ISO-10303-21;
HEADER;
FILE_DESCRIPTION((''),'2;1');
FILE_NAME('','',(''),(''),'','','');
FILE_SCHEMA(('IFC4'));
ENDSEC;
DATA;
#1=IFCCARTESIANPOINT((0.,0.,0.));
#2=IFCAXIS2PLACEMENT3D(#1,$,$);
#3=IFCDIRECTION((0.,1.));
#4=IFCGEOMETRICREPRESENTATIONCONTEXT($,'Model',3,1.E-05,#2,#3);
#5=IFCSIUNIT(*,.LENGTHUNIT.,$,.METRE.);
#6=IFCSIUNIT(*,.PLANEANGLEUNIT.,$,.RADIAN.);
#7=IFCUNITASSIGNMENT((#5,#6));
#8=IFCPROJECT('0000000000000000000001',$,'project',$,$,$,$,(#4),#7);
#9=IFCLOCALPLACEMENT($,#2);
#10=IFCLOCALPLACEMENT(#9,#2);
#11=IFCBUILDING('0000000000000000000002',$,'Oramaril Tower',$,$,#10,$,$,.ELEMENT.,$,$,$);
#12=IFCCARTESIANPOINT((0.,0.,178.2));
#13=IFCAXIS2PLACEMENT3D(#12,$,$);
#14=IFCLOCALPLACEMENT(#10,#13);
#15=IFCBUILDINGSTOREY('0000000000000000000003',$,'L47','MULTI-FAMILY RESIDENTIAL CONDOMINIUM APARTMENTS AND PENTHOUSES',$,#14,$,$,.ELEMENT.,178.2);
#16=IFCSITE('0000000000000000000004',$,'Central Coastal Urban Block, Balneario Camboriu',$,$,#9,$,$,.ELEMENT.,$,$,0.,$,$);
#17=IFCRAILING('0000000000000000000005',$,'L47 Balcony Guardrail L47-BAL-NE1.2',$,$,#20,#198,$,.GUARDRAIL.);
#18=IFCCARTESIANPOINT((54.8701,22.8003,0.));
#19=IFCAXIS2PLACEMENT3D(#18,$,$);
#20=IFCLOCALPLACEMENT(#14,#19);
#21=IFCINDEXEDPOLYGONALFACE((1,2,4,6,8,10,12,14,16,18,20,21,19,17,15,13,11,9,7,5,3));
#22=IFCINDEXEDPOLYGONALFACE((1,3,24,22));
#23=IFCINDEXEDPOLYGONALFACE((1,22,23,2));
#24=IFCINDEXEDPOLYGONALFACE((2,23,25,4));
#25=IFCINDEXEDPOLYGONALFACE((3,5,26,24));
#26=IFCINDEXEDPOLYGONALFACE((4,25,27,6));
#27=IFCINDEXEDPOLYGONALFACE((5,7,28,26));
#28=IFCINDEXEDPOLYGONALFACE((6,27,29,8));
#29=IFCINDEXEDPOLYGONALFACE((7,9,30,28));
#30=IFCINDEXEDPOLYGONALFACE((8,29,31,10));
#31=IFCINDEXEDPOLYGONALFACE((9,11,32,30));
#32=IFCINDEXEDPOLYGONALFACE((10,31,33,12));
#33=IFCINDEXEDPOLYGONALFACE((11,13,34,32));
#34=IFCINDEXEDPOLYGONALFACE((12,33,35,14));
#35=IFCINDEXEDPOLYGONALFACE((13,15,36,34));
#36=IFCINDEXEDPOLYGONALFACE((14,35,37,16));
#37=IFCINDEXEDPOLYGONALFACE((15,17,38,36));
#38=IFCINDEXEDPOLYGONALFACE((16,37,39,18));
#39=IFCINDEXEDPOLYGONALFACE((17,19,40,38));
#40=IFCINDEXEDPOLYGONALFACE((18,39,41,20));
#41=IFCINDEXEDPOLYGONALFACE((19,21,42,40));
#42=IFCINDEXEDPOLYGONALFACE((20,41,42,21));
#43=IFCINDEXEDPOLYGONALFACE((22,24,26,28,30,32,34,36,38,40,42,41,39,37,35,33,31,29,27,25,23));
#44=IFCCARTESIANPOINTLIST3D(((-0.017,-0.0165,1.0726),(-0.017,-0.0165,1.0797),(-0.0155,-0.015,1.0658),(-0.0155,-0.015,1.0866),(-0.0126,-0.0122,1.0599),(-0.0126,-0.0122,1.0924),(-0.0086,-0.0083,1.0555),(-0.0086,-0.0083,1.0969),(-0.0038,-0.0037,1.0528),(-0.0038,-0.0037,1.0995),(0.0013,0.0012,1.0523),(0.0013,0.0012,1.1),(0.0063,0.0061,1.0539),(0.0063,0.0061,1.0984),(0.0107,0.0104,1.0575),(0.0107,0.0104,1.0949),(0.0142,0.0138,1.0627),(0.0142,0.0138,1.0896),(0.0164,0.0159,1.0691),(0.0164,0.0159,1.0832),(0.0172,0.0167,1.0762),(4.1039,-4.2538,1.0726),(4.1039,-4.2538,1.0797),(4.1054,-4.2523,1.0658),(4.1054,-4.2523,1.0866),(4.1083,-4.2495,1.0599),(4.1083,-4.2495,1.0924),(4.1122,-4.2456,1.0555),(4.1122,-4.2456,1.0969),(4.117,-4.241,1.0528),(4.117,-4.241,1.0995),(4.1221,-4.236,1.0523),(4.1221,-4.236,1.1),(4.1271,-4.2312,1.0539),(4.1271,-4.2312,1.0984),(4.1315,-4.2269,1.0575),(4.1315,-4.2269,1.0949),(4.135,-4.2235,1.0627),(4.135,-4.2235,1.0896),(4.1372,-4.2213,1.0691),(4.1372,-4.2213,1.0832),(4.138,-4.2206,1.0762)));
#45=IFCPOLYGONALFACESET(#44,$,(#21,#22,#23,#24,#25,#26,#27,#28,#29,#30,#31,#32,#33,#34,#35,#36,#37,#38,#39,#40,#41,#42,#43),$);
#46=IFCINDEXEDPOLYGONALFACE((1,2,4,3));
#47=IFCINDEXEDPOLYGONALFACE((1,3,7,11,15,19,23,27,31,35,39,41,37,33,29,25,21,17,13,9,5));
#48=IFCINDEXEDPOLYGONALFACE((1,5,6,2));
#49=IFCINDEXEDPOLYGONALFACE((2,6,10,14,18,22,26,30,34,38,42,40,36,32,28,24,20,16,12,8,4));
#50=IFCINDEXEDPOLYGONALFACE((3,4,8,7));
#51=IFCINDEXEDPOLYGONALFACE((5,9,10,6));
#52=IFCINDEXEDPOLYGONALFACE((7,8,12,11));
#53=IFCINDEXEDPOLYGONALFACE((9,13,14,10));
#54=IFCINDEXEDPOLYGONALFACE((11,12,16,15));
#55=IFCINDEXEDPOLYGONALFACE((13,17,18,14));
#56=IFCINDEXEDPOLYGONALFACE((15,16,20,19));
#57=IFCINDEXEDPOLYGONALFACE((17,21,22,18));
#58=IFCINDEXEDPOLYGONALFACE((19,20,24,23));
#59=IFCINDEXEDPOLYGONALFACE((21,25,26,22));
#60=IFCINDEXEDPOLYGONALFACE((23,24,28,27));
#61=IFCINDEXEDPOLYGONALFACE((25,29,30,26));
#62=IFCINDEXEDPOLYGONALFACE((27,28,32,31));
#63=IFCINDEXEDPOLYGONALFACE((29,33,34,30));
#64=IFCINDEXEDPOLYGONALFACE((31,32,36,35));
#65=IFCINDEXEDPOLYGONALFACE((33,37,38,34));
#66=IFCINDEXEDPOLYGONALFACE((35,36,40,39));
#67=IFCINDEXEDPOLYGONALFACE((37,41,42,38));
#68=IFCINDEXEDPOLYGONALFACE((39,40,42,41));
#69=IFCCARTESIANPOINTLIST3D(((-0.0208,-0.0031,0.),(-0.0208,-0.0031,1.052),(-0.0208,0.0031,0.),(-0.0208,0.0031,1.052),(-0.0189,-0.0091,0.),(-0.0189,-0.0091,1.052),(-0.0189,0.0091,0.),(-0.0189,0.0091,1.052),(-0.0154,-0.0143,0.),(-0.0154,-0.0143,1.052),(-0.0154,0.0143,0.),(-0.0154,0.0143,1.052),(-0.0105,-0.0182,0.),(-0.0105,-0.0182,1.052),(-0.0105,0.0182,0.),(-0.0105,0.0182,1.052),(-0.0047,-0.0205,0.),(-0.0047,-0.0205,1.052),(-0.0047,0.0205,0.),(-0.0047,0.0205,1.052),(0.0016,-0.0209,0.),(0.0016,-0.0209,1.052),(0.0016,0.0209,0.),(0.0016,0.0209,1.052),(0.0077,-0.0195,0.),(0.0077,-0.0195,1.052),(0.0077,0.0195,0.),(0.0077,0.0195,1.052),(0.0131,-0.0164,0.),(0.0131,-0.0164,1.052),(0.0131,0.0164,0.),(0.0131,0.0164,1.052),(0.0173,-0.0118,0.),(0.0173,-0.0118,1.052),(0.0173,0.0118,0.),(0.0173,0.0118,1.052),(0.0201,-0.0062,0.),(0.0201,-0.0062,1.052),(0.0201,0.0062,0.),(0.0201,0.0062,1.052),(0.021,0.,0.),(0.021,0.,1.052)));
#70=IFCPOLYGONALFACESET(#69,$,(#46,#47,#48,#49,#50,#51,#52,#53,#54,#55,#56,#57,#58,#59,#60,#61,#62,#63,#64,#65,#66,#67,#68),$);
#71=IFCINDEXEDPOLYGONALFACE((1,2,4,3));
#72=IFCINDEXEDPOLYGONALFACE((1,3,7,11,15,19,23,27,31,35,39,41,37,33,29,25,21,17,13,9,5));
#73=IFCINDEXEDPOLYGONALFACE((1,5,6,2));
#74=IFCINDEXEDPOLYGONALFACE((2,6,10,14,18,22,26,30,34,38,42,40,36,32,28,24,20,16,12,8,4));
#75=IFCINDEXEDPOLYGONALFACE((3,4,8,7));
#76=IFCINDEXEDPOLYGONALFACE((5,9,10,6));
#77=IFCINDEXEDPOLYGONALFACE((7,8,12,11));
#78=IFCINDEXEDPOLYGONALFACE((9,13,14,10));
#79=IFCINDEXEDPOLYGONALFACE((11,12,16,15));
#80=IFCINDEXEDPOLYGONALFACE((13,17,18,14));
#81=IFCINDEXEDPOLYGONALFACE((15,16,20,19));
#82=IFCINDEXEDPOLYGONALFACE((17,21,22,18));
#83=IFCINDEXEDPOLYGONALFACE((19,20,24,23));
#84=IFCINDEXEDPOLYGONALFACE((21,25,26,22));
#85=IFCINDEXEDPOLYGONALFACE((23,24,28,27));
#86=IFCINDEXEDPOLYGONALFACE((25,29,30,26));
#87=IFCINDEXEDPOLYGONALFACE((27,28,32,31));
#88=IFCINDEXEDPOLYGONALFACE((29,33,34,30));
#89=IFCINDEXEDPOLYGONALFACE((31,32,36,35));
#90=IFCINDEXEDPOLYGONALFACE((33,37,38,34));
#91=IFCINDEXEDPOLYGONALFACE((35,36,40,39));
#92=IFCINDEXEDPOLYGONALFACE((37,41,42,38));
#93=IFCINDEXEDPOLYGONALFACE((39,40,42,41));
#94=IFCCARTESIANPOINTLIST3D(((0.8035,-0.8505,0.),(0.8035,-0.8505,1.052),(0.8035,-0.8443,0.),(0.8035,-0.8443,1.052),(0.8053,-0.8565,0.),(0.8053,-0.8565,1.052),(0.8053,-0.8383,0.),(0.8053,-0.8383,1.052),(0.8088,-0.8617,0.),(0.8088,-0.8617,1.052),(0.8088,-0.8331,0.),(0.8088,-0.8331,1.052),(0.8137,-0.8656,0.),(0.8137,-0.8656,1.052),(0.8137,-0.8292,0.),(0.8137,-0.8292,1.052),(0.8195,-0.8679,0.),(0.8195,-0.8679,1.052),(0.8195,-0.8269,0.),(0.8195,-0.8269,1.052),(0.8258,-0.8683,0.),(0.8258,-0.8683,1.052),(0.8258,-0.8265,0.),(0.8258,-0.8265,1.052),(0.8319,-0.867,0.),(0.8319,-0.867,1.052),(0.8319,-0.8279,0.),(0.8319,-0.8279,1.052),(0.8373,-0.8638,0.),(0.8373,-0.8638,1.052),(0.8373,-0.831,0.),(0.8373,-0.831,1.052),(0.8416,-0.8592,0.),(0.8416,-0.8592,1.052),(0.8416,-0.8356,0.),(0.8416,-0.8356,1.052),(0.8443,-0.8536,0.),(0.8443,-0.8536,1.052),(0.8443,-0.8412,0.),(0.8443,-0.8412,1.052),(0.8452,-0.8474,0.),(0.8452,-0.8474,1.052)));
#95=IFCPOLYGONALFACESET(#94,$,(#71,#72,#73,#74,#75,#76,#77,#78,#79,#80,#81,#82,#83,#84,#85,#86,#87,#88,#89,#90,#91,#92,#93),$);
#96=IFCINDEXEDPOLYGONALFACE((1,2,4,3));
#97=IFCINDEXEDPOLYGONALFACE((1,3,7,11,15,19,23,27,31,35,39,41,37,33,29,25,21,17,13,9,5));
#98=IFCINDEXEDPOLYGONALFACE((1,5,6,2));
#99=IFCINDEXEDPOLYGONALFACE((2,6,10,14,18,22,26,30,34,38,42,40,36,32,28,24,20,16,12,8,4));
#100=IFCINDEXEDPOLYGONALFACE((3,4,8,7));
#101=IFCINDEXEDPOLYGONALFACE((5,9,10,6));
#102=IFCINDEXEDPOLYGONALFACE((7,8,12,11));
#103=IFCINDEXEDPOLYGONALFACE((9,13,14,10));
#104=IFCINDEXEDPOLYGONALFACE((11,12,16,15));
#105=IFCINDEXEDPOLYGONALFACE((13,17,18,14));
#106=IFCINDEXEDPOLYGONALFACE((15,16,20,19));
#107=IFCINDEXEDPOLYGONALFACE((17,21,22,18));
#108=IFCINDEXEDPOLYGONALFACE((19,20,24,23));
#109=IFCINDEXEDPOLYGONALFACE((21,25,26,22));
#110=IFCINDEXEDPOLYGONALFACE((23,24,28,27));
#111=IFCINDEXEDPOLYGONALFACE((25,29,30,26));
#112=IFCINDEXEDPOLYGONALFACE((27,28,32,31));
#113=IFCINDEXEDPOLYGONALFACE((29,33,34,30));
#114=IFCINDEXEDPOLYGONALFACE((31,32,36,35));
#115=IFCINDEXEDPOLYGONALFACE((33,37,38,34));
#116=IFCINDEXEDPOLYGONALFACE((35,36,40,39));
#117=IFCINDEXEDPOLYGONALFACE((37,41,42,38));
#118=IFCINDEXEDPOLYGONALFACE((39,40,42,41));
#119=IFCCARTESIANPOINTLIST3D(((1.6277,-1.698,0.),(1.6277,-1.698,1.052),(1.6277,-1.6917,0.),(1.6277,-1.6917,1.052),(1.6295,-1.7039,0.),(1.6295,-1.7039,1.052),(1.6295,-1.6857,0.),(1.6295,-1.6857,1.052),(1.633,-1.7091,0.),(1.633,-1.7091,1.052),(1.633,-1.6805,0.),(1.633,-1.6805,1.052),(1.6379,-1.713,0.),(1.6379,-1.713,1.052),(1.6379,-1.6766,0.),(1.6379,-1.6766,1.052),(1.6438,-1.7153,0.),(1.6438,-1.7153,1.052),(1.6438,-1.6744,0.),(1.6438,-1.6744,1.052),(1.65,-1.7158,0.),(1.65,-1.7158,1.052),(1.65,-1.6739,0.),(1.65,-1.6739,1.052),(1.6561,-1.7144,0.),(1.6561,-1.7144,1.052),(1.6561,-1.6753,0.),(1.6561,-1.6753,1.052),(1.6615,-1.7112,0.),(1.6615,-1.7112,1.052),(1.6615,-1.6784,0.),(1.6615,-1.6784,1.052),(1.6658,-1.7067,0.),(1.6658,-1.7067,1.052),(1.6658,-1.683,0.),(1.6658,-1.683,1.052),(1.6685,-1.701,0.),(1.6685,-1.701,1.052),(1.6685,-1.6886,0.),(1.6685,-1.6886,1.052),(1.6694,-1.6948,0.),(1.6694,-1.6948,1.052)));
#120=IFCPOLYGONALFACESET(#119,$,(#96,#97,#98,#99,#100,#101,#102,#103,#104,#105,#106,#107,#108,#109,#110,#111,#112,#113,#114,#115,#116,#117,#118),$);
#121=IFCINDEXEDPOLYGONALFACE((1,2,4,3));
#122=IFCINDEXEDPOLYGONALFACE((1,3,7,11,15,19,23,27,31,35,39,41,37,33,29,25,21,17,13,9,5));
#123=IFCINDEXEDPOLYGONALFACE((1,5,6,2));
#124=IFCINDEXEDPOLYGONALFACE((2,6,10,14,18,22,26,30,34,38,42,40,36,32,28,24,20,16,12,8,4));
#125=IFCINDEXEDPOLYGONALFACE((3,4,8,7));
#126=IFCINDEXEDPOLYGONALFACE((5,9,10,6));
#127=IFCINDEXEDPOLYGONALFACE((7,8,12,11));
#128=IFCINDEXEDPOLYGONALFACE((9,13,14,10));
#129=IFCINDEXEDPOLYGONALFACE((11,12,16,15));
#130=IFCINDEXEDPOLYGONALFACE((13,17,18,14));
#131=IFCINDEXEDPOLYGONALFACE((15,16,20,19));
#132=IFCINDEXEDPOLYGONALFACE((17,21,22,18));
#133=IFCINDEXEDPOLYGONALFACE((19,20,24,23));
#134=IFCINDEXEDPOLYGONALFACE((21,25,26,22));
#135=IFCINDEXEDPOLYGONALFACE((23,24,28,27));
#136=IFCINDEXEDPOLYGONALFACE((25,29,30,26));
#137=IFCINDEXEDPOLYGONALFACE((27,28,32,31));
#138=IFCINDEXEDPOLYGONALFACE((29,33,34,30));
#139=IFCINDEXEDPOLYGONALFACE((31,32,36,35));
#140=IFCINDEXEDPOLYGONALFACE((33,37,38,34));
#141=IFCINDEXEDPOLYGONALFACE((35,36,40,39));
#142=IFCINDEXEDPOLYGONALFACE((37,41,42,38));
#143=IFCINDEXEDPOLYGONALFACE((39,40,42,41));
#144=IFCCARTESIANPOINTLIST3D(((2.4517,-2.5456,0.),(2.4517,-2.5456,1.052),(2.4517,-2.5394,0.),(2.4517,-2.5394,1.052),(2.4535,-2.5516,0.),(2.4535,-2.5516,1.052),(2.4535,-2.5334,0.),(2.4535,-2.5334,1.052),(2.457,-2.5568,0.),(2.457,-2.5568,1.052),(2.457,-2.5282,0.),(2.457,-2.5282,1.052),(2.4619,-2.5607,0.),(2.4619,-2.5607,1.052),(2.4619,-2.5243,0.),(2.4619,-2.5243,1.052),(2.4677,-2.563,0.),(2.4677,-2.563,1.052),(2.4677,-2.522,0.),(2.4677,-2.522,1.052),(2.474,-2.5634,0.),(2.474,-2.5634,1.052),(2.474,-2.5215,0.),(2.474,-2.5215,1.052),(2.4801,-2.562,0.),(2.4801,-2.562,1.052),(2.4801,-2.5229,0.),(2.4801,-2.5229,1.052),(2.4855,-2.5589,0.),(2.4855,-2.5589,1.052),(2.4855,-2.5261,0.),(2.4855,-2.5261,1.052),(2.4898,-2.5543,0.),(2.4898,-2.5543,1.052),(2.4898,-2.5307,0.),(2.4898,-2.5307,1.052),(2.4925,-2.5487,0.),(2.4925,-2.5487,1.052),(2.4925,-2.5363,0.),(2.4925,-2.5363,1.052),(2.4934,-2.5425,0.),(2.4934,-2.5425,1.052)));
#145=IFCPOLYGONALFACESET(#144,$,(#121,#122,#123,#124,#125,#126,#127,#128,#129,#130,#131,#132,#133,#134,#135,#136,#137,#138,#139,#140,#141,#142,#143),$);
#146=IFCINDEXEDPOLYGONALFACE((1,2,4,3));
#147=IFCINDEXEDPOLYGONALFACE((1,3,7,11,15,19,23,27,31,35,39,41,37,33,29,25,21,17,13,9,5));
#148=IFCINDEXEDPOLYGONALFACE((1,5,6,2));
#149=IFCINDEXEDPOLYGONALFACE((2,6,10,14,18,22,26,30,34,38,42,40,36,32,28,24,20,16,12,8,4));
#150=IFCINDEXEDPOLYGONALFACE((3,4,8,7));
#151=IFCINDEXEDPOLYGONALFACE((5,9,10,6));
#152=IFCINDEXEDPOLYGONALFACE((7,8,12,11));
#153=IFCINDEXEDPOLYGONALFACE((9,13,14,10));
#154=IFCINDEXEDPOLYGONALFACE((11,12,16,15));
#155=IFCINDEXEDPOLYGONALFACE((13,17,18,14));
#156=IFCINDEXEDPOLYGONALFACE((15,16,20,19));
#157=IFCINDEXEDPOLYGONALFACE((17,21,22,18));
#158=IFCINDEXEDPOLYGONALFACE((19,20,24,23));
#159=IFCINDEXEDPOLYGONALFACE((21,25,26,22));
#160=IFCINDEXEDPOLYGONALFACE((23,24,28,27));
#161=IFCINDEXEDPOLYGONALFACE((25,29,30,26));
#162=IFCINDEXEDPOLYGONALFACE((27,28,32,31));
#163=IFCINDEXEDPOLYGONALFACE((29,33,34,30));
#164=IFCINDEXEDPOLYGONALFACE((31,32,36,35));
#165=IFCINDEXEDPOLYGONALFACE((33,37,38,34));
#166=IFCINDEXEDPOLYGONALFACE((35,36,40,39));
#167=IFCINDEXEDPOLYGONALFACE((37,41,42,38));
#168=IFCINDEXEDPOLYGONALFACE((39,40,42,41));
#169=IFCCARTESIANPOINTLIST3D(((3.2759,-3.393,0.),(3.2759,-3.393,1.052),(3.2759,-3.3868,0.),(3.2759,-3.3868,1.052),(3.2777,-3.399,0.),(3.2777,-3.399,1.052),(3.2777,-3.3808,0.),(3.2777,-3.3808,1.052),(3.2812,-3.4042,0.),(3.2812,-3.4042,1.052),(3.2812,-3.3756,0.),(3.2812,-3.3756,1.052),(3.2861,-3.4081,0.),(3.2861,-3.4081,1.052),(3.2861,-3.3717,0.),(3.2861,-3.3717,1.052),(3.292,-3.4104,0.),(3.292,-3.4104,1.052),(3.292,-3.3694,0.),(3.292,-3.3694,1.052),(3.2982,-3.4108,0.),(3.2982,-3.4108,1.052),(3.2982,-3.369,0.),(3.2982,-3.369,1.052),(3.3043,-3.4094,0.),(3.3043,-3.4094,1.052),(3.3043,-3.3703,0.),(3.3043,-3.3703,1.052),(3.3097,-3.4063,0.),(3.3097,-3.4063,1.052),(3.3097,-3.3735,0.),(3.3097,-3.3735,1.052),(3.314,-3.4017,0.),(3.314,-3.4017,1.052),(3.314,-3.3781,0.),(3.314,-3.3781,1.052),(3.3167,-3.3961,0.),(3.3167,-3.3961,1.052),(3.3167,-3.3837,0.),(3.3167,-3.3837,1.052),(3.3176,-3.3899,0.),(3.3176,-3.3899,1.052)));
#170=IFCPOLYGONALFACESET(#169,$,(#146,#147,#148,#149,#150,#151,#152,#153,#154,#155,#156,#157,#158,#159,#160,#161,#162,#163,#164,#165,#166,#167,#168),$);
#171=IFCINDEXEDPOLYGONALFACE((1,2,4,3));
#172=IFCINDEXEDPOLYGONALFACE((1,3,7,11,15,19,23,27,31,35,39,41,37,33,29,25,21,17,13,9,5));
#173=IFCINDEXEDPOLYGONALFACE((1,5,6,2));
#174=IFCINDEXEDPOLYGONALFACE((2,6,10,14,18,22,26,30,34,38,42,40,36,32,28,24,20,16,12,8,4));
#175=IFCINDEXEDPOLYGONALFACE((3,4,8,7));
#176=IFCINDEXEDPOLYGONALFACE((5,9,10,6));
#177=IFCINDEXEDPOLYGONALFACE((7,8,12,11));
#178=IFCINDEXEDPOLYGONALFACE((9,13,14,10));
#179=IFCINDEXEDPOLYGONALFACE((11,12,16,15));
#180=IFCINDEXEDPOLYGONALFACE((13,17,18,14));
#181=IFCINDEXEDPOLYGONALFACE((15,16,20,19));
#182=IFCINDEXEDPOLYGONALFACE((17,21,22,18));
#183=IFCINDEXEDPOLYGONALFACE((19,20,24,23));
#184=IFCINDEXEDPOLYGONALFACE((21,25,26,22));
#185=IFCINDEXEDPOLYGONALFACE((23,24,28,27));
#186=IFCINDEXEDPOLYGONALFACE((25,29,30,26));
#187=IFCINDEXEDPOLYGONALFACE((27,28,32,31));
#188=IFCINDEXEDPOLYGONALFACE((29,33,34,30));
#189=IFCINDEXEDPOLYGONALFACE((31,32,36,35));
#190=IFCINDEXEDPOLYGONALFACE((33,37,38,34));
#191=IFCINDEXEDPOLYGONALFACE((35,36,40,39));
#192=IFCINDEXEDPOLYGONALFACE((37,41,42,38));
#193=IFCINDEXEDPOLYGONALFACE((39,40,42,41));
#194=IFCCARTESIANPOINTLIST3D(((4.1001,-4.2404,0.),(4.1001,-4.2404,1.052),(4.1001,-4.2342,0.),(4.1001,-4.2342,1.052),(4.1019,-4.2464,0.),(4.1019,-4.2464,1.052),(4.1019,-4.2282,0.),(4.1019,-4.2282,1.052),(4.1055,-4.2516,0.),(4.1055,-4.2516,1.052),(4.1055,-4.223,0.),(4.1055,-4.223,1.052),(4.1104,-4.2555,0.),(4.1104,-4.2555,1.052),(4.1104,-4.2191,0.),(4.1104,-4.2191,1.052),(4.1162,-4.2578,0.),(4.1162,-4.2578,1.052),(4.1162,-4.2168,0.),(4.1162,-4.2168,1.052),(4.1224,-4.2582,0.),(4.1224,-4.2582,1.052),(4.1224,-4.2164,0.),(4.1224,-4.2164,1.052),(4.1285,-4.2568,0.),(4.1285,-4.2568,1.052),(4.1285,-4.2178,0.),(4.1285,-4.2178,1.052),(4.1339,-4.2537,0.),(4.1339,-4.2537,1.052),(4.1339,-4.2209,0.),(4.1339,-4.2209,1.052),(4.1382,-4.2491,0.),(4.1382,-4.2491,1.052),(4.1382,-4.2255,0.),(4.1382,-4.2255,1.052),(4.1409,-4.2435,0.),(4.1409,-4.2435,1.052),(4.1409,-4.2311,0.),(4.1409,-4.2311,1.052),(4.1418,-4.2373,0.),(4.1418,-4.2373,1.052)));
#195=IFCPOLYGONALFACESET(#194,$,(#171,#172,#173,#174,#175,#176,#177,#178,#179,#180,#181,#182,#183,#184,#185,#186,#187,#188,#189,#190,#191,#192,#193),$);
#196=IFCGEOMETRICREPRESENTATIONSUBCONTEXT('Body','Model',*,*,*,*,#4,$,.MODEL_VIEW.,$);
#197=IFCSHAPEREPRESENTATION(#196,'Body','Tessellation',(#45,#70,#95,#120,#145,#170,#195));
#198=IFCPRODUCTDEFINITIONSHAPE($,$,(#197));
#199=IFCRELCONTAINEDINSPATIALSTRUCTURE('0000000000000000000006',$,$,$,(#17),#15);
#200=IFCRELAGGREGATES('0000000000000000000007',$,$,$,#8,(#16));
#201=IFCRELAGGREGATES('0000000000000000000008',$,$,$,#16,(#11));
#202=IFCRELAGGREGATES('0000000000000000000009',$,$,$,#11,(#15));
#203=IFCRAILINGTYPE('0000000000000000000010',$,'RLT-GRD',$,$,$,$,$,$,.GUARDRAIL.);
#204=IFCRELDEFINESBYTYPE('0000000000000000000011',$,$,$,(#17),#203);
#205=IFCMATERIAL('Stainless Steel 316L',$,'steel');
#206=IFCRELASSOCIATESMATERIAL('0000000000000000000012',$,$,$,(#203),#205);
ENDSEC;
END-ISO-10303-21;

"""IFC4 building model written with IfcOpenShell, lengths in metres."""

from ifc_helpers import new_model, si_unit, direction, frame, origin, origin_2d, place, context, subcontext, project, spatial, circle, extrude, material, type_object, element, save


model = new_model("IFC4")

# Units and contexts
model_context = context("Model", 3, precision=1e-05, world=origin(), true_north=direction((0.0, 1.0)))
body_context = subcontext(model_context, "Body", "Model", "MODEL_VIEW")
ifc_project = project(units=[si_unit("LENGTHUNIT", "METRE"), si_unit("PLANEANGLEUNIT", "RADIAN")], contexts=[model_context])

# Site, building, storey
site_placement = place(None, origin())
site = spatial("IfcSite", under=ifc_project, at=site_placement, Name="Central Coastal Urban Block, Balneario Camboriu", CompositionType="ELEMENT", RefElevation=0.0)
building_placement = place(site_placement, origin())
building = spatial("IfcBuilding", under=site, at=building_placement, Name="Oramaril Tower", CompositionType="ELEMENT")
storey_placement = place(building_placement, frame((0.0, 0.0, 178.2)))
storey = spatial("IfcBuildingStorey", under=building, at=storey_placement, Name="L47", Description="MULTI-FAMILY RESIDENTIAL CONDOMINIUM APARTMENTS AND PENTHOUSES", CompositionType="ELEMENT", Elevation=178.2)

# Railing
ifc_material_1 = material(Name="Stainless Steel 316L", Category="steel")
railing_type = type_object("IfcRailingType", Name="RLT-GRD", PredefinedType="GUARDRAIL", material=ifc_material_1)
railing_1_placement = place(storey_placement, frame((54.8701, 22.8003, 0.0)))
element("IfcRailing", 1, at=railing_1_placement, inside=storey, type_object=railing_type, Name="L47 Balcony Guardrail L47-BAL-NE1.2", PredefinedType="GUARDRAIL", context=body_context, shape_type="SweptSolid", body=[
    extrude(circle(Radius=0.0239, at=origin_2d()), frame((0.0, 0.0, 1.0762), z_axis=(0.697187, -0.716889, 0.0), x_axis=(0.716889, 0.697187, 0.0)), (0.0, 0.0, 1.0), 5.9106),
    extrude(circle(Radius=0.021, at=origin_2d()), origin(), (0.0, 0.0, 1.0), 1.052),
    extrude(circle(Radius=0.021, at=origin_2d()), frame((0.8242, -0.8474, 0.0)), (0.0, 0.0, 1.0), 1.052),
    extrude(circle(Radius=0.021, at=origin_2d()), frame((1.6484, -1.6948, 0.0)), (0.0, 0.0, 1.0), 1.052),
    extrude(circle(Radius=0.021, at=origin_2d()), frame((2.4724, -2.5425, 0.0)), (0.0, 0.0, 1.0), 1.052),
    extrude(circle(Radius=0.021, at=origin_2d()), frame((3.2966, -3.3899, 0.0)), (0.0, 0.0, 1.0), 1.052),
    extrude(circle(Radius=0.021, at=origin_2d()), frame((4.1208, -4.2373, 0.0)), (0.0, 0.0, 1.0), 1.052),
])

save(model, "model.ifc")
